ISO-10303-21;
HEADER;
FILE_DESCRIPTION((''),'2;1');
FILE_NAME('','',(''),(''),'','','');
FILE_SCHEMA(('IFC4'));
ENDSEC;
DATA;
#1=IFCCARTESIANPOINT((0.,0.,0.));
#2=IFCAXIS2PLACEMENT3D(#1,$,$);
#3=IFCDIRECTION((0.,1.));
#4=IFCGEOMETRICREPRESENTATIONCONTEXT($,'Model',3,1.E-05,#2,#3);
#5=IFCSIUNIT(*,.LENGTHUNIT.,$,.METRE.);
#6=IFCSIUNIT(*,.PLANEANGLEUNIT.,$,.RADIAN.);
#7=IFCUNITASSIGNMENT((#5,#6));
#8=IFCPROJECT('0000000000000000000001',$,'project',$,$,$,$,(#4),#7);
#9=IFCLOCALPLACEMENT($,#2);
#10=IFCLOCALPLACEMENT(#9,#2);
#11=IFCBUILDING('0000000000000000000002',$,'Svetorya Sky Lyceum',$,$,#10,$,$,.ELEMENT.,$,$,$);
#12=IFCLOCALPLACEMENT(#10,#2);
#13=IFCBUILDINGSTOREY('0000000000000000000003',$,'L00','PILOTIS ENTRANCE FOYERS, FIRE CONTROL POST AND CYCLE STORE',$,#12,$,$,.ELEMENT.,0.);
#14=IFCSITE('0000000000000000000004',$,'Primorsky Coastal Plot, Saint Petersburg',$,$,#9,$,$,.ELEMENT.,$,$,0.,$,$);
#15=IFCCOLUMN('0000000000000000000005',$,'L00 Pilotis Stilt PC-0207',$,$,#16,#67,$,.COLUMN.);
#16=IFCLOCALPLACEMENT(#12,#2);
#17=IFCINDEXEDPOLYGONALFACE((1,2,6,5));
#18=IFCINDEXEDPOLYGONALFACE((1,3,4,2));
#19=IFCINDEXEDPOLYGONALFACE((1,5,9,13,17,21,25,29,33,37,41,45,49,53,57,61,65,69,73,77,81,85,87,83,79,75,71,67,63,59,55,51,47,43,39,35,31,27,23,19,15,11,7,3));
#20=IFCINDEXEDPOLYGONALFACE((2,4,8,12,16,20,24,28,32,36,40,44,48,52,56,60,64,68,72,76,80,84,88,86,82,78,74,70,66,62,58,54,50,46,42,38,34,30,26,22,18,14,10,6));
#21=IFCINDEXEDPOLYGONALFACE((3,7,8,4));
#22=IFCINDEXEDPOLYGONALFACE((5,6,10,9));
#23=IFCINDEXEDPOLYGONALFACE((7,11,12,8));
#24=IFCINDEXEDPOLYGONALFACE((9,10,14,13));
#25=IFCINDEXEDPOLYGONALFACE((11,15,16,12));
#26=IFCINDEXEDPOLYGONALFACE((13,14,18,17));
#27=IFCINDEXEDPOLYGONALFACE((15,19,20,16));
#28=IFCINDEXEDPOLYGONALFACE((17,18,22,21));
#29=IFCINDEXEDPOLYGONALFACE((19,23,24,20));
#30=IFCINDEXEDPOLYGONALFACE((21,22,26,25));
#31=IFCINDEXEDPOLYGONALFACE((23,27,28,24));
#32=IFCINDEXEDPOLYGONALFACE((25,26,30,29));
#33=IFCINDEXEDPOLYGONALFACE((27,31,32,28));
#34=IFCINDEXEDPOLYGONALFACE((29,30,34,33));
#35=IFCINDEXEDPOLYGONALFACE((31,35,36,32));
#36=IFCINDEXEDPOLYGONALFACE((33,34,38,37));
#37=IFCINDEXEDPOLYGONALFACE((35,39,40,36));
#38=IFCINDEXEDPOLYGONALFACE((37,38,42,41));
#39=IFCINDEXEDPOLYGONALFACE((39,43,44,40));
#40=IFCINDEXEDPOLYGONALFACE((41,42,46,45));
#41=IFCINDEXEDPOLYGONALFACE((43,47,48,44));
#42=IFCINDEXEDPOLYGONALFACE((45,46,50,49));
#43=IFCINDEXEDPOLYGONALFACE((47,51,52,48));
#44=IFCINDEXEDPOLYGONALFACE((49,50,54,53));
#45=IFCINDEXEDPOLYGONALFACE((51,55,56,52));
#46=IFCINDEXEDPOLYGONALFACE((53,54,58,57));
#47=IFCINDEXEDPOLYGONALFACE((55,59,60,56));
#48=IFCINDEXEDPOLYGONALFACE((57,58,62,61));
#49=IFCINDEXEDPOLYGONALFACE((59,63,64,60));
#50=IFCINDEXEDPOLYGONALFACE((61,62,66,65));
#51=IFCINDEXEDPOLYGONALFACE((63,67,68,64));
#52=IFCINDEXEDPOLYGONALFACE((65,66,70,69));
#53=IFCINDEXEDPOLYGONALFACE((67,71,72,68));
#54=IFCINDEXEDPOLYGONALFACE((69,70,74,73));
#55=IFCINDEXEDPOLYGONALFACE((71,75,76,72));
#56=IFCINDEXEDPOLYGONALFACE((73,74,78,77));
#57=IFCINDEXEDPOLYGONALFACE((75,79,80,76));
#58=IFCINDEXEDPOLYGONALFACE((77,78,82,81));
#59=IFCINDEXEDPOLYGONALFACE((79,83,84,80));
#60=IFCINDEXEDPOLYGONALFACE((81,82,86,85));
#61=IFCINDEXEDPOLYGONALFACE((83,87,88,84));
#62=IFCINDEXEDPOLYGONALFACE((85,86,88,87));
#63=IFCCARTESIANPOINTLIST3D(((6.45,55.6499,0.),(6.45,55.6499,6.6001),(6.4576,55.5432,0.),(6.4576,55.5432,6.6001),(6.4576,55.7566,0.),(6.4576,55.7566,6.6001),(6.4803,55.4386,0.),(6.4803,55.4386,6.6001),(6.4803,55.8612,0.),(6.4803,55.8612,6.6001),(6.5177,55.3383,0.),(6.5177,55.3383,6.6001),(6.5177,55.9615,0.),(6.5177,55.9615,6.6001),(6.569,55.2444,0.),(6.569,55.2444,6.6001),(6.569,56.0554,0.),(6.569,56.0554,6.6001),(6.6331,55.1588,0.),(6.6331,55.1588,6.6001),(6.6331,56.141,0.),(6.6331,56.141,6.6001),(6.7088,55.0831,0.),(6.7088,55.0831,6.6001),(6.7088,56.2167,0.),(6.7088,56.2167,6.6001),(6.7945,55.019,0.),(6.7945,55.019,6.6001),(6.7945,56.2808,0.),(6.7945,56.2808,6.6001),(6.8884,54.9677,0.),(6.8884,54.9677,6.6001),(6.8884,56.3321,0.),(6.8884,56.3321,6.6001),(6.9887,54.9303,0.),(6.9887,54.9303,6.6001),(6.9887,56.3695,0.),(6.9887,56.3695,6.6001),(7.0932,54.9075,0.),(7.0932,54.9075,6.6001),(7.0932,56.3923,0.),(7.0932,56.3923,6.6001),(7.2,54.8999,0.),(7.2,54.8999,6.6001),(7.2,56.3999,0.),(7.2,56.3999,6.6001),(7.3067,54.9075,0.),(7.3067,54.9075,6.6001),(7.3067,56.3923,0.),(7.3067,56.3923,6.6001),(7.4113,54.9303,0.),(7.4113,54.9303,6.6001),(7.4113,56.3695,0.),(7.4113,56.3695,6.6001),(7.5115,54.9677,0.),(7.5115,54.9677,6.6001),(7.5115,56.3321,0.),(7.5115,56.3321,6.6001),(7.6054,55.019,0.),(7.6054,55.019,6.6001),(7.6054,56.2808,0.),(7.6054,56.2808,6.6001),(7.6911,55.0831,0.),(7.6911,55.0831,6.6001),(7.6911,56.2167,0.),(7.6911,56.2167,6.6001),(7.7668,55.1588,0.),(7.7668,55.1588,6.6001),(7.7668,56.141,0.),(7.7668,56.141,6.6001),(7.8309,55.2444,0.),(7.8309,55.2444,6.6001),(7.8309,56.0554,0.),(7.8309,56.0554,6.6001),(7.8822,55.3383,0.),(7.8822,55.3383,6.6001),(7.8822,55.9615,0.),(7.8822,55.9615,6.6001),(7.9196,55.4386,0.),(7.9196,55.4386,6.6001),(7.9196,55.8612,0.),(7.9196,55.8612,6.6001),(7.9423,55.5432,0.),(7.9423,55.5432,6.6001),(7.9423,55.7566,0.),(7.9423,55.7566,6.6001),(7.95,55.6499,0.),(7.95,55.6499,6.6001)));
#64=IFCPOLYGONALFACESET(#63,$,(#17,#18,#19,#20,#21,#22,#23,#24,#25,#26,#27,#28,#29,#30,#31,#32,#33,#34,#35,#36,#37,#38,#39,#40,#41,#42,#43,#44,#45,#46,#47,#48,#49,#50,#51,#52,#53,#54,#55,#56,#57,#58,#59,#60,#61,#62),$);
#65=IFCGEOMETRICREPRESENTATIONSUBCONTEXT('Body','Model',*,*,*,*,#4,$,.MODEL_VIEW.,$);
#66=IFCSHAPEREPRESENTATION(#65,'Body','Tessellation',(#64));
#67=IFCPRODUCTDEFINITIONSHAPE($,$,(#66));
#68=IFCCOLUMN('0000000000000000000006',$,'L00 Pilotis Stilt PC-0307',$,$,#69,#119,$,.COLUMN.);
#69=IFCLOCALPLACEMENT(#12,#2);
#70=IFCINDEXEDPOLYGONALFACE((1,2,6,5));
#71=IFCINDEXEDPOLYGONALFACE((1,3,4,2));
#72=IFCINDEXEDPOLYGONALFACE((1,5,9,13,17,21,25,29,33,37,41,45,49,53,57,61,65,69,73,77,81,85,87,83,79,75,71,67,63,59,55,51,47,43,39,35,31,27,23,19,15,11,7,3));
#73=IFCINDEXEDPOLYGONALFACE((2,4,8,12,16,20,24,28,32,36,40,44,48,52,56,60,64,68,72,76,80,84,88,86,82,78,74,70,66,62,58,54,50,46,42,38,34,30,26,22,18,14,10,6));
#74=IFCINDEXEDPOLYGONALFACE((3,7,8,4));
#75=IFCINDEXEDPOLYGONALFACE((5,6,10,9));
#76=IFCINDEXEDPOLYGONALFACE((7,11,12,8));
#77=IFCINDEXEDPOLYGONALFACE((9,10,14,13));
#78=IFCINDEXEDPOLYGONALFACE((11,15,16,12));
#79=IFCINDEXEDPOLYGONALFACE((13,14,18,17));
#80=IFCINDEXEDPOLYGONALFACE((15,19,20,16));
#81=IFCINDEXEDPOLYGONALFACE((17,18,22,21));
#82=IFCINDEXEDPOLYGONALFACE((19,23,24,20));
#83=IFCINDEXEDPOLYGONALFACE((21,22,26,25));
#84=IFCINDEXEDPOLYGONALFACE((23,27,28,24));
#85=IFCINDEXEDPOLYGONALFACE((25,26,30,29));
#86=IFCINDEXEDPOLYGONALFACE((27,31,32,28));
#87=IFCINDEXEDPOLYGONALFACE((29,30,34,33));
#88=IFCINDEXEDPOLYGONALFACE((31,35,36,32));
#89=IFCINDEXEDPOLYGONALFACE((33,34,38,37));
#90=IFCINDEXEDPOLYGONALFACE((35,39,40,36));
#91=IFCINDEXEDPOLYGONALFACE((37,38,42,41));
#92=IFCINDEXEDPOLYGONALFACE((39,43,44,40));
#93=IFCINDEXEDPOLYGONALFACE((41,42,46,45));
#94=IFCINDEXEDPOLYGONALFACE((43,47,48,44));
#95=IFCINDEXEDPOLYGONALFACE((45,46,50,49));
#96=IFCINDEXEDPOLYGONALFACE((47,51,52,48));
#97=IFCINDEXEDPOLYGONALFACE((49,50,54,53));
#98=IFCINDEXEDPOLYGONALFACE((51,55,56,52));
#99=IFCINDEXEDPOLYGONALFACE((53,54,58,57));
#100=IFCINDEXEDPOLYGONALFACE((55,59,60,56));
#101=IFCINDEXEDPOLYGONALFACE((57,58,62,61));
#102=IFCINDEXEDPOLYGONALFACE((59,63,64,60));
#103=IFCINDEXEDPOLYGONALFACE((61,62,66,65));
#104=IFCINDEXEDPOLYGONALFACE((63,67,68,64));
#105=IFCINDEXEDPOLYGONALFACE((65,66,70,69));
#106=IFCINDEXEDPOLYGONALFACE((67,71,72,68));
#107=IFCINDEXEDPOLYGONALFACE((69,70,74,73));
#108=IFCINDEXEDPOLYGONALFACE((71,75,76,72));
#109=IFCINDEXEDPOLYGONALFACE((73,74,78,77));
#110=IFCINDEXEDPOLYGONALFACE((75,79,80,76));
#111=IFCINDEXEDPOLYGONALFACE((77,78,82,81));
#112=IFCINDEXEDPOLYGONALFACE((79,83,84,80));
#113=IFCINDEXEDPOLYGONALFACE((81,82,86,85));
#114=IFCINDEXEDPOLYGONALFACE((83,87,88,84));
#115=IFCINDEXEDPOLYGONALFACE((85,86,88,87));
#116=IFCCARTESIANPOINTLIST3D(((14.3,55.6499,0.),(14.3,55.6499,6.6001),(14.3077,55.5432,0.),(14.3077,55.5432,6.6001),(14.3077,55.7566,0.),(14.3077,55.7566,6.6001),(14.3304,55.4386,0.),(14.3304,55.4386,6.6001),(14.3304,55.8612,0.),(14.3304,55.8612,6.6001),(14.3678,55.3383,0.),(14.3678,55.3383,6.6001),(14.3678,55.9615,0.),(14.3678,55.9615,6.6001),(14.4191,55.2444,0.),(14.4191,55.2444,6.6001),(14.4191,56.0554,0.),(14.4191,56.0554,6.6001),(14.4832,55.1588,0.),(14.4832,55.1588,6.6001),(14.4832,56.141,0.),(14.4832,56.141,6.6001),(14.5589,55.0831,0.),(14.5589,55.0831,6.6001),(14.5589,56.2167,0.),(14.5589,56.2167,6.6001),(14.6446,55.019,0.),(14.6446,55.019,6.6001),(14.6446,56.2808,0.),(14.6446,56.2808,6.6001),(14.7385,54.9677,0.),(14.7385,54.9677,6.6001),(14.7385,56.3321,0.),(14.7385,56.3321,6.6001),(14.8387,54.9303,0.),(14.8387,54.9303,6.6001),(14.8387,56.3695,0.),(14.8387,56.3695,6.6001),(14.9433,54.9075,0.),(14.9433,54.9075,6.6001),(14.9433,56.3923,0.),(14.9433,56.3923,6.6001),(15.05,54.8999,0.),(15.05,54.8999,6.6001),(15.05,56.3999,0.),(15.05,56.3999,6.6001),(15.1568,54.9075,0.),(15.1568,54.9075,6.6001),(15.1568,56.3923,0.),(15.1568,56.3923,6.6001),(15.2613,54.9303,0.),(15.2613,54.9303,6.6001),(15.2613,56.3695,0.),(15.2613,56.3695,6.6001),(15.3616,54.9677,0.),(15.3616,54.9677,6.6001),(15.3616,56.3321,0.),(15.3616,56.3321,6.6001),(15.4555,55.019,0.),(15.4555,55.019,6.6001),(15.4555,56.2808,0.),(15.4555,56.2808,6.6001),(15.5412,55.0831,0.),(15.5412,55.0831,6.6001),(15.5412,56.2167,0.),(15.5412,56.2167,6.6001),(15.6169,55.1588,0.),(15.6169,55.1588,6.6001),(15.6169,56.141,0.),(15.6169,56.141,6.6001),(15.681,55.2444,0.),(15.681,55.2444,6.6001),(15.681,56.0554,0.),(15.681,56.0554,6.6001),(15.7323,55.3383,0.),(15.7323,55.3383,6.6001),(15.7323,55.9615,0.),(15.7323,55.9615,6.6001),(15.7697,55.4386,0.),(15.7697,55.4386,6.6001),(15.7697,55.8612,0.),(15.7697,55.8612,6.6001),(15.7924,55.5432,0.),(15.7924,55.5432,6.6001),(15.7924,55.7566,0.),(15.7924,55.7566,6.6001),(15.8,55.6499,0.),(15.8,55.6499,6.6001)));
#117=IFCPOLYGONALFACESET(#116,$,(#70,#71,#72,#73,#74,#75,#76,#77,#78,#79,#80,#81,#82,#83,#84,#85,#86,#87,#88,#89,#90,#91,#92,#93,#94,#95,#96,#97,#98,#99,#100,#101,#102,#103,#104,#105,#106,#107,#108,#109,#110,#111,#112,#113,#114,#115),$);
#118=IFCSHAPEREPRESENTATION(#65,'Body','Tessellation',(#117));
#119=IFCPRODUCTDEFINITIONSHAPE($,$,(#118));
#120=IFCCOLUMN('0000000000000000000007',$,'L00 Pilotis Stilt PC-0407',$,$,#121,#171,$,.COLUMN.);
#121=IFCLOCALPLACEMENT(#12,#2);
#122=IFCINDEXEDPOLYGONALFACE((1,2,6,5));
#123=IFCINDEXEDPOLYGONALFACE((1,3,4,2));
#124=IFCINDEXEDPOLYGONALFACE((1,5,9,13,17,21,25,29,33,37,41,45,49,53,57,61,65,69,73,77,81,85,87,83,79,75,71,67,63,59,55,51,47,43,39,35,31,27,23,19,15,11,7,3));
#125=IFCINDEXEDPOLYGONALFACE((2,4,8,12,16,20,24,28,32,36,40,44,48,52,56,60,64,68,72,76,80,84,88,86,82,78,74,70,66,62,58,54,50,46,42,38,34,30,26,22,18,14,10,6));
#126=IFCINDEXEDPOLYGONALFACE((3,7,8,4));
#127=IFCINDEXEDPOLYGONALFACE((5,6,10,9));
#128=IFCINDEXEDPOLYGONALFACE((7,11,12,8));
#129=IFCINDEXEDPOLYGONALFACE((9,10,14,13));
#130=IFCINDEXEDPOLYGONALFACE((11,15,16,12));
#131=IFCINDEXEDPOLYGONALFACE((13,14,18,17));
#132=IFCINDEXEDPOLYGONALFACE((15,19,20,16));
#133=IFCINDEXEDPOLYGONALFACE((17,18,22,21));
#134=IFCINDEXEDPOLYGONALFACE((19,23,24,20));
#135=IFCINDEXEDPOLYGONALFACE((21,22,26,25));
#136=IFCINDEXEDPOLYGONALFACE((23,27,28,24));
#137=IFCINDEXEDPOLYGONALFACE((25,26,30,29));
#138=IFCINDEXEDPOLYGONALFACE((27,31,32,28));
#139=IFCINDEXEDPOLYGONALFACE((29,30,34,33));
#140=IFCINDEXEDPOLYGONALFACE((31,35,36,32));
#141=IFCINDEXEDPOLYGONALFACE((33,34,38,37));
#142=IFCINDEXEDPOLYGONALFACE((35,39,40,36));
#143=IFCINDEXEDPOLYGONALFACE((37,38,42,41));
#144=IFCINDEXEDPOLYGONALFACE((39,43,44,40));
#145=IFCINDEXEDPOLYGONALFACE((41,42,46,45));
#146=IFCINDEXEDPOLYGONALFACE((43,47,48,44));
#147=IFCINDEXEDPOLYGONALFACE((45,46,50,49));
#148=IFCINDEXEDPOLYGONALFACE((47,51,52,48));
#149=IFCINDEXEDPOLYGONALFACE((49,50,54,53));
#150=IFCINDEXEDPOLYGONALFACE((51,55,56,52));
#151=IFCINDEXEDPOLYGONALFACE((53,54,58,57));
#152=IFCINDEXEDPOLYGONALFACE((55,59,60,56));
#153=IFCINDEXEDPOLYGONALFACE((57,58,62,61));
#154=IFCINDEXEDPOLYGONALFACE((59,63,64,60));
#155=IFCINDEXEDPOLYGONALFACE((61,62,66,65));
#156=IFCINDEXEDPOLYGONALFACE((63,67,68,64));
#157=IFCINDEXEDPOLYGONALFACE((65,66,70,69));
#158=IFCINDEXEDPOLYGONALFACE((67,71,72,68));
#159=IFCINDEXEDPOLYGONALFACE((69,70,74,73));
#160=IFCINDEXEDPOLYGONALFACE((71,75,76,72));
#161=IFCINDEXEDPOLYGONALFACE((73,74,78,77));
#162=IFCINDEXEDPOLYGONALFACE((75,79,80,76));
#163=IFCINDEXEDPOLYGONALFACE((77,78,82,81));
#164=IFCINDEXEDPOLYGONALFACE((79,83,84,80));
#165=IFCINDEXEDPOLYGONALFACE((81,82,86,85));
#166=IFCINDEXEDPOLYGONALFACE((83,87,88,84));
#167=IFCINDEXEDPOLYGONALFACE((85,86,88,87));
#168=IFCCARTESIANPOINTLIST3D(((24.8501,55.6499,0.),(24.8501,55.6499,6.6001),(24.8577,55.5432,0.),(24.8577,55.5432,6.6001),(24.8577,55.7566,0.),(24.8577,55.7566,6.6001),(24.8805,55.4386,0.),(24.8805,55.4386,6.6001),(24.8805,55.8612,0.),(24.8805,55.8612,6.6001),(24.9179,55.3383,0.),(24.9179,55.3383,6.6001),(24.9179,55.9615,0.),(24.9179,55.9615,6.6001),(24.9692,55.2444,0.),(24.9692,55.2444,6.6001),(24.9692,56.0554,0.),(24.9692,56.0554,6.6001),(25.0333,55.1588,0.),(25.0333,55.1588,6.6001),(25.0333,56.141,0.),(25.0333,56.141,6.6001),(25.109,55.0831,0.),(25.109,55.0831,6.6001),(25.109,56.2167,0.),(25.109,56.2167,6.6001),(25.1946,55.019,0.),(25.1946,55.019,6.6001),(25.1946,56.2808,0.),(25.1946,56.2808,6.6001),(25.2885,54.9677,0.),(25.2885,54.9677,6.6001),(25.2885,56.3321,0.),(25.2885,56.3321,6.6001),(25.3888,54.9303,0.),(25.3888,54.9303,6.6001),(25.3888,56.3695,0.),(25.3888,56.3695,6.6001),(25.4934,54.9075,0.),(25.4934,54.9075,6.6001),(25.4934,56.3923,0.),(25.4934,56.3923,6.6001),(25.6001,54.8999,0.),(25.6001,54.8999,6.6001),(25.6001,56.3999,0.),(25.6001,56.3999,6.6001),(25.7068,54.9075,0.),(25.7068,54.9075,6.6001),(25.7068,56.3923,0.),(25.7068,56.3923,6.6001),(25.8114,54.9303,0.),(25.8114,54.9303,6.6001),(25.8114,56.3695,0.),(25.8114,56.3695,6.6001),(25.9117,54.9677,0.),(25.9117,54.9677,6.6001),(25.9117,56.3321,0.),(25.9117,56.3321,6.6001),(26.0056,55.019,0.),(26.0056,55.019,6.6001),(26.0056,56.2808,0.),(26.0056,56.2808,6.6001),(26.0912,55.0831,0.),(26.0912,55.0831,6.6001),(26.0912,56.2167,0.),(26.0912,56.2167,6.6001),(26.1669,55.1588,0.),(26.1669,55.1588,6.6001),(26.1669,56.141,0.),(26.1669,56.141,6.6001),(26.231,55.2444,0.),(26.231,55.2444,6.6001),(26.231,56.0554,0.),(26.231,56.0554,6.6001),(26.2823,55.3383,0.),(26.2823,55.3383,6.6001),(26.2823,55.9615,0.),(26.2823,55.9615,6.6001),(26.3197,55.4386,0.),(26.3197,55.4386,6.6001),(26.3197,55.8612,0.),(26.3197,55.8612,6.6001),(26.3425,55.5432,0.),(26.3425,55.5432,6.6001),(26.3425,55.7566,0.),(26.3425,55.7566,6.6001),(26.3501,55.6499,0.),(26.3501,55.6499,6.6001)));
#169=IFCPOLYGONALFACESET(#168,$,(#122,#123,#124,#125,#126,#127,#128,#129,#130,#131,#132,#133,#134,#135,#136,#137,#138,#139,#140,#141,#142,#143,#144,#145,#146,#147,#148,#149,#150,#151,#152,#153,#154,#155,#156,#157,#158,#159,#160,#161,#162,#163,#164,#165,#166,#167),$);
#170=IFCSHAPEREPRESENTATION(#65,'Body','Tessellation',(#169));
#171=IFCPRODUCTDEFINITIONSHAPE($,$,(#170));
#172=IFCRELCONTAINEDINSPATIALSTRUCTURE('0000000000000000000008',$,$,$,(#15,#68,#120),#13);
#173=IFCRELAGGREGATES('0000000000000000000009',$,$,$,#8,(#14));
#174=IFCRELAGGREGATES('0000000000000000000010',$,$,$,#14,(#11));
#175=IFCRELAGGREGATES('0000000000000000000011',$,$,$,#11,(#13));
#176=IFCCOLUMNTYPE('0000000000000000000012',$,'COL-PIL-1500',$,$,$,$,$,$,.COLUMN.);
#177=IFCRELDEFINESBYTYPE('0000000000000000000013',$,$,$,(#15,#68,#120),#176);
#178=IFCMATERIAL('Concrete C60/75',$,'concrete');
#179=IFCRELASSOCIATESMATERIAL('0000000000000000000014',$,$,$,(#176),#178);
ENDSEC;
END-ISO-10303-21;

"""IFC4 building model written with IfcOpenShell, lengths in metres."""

from ifc_helpers import new_model, si_unit, direction, frame, origin, origin_2d, place, context, subcontext, project, spatial, circle, extrude, material, material_profile, profile_set, type_object, element, save


model = new_model("IFC4")

# Units and contexts
model_context = context("Model", 3, precision=1e-05, world=origin(), true_north=direction((0.0, 1.0)))
body_context = subcontext(model_context, "Body", "Model", "MODEL_VIEW")
ifc_project = project(units=[si_unit("LENGTHUNIT", "METRE"), si_unit("PLANEANGLEUNIT", "RADIAN")], contexts=[model_context])

# Site, building, storey
site_placement = place(None, origin())
site = spatial("IfcSite", under=ifc_project, at=site_placement, Name="Primorsky Coastal Plot, Saint Petersburg", CompositionType="ELEMENT", RefElevation=0.0)
building_placement = place(site_placement, origin())
building = spatial("IfcBuilding", under=site, at=building_placement, Name="Svetorya Sky Lyceum", CompositionType="ELEMENT")
storey_placement = place(building_placement, origin())
storey = spatial("IfcBuildingStorey", under=building, at=storey_placement, Name="L00", Description="PILOTIS ENTRANCE FOYERS, FIRE CONTROL POST AND CYCLE STORE", CompositionType="ELEMENT", Elevation=0.0)

# Columns
ifc_material_1 = material(Name="Concrete C60/75", Category="concrete")
ifc_material_profile_1 = material_profile(ifc_material_1, circle(Radius=0.75, at=origin_2d()), Name="RC PILOTI D1500")
ifc_profile_set_1 = profile_set([ifc_material_profile_1], Name="Concrete C60/75")
column_type_1 = type_object("IfcColumnType", Name="COL-PIL-1500", PredefinedType="COLUMN", material=ifc_profile_set_1)
for number, where, z_axis, x_axis, name in (
    (1, (7.2, 55.6499, 0.0), (0.0, 0.0, 1.0), (1.0, 0.0, 0.0), "L00 Pilotis Stilt PC-0207"),
    (2, (15.05, 55.6499, 0.0), (0.0, 0.0, 1.0), (1.0, 0.0, 0.0), "L00 Pilotis Stilt PC-0307"),
    (3, (25.6001, 55.6499, 0.0), (0.0, 0.0, 1.0), (1.0, 0.0, 0.0), "L00 Pilotis Stilt PC-0407"),
):
    element("IfcColumn", number, at=place(storey_placement, frame(where, z_axis=z_axis, x_axis=x_axis)), inside=storey, type_object=column_type_1, Name=name, PredefinedType="COLUMN", context=body_context, shape_type="SweptSolid", body=[
        extrude(circle(Radius=0.75, at=origin_2d()), origin(), (0.0, 0.0, 1.0), 6.6001),
    ])

save(model, "model.ifc")
